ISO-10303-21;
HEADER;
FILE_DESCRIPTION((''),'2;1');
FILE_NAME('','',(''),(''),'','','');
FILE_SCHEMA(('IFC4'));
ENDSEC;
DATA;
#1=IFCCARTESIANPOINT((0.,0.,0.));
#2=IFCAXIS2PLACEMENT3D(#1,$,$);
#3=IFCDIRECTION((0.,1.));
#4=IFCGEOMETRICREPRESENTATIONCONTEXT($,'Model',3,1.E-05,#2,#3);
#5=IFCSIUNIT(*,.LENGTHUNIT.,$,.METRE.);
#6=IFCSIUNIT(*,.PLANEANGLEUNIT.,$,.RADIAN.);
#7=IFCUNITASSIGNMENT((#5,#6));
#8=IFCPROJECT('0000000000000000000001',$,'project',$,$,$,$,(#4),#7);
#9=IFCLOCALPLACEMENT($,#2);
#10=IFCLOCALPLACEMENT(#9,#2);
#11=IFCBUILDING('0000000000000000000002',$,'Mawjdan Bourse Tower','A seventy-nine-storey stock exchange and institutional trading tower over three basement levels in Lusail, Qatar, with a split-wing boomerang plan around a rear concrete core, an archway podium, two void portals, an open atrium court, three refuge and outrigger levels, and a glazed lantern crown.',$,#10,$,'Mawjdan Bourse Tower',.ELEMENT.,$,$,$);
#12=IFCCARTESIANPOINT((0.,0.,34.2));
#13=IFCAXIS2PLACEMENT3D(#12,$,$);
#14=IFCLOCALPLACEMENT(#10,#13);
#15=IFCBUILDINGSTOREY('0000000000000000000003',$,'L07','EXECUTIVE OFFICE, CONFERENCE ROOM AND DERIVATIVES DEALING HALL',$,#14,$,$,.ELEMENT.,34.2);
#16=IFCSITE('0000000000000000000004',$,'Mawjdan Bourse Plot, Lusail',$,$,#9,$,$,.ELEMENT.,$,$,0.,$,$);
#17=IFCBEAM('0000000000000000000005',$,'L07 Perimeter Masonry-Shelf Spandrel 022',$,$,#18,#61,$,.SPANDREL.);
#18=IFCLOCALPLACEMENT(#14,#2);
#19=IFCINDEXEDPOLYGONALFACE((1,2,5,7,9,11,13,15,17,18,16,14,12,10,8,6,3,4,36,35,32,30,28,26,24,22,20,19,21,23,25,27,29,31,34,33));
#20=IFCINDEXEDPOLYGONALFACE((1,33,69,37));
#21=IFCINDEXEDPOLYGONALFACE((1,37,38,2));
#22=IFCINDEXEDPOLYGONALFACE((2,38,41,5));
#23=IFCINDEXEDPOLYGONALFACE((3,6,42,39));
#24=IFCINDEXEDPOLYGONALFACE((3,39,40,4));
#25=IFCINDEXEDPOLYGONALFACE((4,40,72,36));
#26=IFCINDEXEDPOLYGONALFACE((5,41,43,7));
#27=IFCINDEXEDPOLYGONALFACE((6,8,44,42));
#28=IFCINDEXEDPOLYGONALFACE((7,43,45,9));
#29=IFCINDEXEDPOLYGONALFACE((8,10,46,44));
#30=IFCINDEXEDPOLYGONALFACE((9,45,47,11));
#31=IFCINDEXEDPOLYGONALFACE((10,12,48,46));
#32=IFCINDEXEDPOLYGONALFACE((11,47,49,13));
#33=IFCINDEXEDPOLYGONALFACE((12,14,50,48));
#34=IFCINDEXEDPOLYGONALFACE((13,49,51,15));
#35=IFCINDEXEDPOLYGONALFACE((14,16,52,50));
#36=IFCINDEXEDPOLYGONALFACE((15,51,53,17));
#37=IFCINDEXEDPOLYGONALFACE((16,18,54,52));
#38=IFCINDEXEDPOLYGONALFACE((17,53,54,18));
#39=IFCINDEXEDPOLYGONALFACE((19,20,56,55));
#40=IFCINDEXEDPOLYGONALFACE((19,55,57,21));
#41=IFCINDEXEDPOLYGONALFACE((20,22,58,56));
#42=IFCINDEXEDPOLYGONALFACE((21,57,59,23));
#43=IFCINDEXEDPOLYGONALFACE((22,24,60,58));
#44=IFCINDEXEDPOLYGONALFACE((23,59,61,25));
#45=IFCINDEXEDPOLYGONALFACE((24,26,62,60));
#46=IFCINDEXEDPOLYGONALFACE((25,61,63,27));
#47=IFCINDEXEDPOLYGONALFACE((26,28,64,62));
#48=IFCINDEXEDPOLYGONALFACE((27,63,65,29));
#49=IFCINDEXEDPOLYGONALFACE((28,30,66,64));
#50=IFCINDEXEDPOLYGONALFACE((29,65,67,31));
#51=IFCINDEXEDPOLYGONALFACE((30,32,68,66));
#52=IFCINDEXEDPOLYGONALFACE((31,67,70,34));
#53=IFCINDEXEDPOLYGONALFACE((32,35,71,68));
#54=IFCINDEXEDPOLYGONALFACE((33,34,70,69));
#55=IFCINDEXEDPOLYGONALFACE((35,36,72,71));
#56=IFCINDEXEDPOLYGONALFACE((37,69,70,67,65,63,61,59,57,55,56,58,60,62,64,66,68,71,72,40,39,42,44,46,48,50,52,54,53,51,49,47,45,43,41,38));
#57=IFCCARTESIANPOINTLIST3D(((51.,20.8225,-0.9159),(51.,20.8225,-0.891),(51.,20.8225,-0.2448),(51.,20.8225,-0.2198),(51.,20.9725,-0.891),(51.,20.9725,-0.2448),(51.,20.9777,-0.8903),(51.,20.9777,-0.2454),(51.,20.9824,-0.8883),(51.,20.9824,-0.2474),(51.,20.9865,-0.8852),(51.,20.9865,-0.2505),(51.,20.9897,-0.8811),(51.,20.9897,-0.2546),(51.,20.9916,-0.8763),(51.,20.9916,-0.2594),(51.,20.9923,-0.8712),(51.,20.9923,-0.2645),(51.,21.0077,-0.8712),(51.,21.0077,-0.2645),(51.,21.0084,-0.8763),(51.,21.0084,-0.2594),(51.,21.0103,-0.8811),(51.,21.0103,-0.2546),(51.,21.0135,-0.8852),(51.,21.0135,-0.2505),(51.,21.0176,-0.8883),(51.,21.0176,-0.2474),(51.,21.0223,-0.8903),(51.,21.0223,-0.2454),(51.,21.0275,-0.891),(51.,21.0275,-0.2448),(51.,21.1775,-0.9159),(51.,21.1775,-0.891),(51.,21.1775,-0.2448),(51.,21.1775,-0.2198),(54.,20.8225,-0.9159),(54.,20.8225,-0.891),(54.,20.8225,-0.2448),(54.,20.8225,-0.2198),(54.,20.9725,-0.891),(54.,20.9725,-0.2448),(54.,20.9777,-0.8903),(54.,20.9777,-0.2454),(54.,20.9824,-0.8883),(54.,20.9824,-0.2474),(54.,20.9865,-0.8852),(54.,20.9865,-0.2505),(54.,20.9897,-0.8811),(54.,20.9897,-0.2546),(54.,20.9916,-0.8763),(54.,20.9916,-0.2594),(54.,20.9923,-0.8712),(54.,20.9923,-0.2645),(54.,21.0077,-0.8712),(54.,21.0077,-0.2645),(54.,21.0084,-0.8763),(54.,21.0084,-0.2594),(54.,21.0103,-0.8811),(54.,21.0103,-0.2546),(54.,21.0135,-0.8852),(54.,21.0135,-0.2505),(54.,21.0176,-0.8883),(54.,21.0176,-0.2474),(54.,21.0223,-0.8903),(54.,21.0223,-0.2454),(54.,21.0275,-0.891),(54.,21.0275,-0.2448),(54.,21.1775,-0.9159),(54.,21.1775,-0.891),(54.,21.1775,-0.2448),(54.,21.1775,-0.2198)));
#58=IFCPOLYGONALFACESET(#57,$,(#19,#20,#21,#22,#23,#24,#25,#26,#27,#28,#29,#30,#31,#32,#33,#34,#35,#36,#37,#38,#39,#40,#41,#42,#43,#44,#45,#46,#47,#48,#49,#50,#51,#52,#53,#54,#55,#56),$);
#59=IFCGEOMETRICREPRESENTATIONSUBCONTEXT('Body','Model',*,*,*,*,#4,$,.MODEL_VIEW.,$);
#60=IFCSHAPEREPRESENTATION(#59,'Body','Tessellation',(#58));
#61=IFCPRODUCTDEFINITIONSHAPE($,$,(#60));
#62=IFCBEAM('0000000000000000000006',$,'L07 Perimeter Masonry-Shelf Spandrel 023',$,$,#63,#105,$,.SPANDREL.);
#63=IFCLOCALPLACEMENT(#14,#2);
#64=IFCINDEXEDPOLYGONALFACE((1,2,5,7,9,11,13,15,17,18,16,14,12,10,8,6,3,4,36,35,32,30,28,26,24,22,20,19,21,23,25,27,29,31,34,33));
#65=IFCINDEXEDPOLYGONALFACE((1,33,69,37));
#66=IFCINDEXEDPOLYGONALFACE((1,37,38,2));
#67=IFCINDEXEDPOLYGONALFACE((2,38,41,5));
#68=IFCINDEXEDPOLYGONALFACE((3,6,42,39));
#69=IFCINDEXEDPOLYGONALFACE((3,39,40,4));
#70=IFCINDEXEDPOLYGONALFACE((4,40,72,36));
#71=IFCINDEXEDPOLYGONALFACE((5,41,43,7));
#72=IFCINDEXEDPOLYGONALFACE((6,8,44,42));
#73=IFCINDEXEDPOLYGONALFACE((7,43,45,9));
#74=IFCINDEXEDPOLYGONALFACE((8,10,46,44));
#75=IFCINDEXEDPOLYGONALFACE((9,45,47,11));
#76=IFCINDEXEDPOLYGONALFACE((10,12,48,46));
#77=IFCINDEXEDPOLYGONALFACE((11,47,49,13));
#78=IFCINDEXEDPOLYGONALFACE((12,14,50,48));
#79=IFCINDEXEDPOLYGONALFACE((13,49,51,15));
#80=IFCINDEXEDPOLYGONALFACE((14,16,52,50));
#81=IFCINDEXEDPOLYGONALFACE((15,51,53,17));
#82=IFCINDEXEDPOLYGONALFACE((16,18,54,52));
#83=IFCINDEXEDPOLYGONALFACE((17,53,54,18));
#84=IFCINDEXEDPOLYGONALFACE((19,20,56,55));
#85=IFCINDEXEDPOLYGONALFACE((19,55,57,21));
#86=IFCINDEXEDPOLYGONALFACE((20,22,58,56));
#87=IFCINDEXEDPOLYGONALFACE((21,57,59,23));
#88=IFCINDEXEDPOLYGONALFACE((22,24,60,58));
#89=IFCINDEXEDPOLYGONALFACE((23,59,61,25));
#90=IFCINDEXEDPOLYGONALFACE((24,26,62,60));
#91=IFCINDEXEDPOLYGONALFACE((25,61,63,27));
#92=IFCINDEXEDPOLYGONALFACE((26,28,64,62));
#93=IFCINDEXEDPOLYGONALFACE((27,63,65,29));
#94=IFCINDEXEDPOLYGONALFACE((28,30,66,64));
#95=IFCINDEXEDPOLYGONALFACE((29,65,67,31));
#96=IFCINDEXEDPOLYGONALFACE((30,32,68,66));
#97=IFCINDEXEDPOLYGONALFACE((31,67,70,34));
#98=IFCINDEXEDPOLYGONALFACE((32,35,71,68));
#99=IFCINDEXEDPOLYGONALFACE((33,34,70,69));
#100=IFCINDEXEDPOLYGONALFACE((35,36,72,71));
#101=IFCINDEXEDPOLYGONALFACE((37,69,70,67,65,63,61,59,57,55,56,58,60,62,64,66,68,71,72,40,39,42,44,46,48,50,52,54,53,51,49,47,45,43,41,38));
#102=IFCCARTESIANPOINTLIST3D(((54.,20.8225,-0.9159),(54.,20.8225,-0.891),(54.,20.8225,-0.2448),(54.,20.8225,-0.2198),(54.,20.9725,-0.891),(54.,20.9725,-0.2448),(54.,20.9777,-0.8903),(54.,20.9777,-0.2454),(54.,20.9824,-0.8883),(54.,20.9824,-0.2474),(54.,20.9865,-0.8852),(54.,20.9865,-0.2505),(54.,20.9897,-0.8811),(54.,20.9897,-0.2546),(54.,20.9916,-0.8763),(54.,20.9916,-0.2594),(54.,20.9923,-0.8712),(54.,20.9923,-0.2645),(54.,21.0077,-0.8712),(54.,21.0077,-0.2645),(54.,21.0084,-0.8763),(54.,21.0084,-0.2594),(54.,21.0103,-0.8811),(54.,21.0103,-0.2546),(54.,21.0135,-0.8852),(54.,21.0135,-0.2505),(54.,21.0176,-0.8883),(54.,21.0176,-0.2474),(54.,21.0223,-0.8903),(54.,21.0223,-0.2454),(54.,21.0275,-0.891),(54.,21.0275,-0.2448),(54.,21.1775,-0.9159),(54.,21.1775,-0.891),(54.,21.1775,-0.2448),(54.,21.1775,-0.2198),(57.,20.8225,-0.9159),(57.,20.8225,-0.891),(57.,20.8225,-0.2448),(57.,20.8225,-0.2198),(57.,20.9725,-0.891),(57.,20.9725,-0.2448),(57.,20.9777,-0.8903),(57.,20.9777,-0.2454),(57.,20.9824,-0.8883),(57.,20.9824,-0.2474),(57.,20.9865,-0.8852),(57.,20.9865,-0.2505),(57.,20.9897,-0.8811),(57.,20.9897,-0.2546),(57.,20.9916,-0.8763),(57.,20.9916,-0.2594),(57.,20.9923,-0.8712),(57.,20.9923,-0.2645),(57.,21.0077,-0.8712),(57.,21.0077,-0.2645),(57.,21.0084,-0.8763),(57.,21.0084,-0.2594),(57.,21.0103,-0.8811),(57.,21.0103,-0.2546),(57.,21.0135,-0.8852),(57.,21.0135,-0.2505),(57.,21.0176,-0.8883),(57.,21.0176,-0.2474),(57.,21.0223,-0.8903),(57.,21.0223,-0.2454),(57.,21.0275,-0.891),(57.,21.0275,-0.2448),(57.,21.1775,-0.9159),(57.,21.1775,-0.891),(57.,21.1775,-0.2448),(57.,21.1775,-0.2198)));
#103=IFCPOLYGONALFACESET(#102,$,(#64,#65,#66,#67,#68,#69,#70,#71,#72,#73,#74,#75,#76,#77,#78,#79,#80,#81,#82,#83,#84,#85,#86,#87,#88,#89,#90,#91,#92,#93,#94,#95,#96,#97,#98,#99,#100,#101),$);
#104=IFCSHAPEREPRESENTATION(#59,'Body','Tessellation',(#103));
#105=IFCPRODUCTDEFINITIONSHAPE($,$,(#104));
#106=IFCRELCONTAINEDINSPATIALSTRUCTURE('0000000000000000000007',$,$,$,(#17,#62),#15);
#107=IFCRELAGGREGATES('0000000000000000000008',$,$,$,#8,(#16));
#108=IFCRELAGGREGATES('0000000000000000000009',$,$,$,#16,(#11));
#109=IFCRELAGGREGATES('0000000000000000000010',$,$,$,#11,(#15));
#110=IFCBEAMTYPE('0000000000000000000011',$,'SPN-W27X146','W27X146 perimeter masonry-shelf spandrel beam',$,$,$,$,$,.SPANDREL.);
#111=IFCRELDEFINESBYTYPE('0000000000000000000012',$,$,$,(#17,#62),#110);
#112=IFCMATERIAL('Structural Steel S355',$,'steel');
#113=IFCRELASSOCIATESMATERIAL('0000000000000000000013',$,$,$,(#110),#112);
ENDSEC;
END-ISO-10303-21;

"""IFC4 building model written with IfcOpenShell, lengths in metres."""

from ifc_helpers import new_model, si_unit, direction, frame, origin, origin_2d, place, context, subcontext, project, spatial, i_section, extrude, material, material_profile, profile_set, type_object, element, save


model = new_model("IFC4")

# Units and contexts
model_context = context("Model", 3, precision=1e-05, world=origin(), true_north=direction((0.0, 1.0)))
body_context = subcontext(model_context, "Body", "Model", "MODEL_VIEW")
ifc_project = project(units=[si_unit("LENGTHUNIT", "METRE"), si_unit("PLANEANGLEUNIT", "RADIAN")], contexts=[model_context])

# Site, building, storey
site_placement = place(None, origin())
site = spatial("IfcSite", under=ifc_project, at=site_placement, Name="Mawjdan Bourse Plot, Lusail", CompositionType="ELEMENT", RefElevation=0.0)
building_placement = place(site_placement, origin())
building = spatial("IfcBuilding", under=site, at=building_placement, Name="Mawjdan Bourse Tower", Description="A seventy-nine-storey stock exchange and institutional trading tower over three basement levels in Lusail, Qatar, with a split-wing boomerang plan around a rear concrete core, an archway podium, two void portals, an open atrium court, three refuge and outrigger levels, and a glazed lantern crown.", LongName="Mawjdan Bourse Tower", CompositionType="ELEMENT")
storey_placement = place(building_placement, frame((0.0, 0.0, 34.2)))
storey = spatial("IfcBuildingStorey", under=building, at=storey_placement, Name="L07", Description="EXECUTIVE OFFICE, CONFERENCE ROOM AND DERIVATIVES DEALING HALL", CompositionType="ELEMENT", Elevation=34.2)

# Beams
ifc_material_1 = material(Name="Structural Steel S355", Category="steel")
ifc_material_profile_1 = material_profile(ifc_material_1, i_section(OverallWidth=0.355, OverallDepth=0.696, WebThickness=0.0154, FlangeThickness=0.0249, FilletRadius=0.0198, at=origin_2d()), Name="W27X146")
ifc_profile_set_1 = profile_set([ifc_material_profile_1], Name="Structural Steel S355")
beam_type_1 = type_object("IfcBeamType", Name="SPN-W27X146", Description="W27X146 perimeter masonry-shelf spandrel beam", PredefinedType="SPANDREL", material=ifc_profile_set_1)
for number, where, z_axis, x_axis, name in (
    (1, (51.0, 21.0, -0.5679), (1.0, 0.0, 0.0), (0.0, 1.0, 0.0), "L07 Perimeter Masonry-Shelf Spandrel 022"),
    (2, (54.0, 21.0, -0.5679), (1.0, 0.0, 0.0), (0.0, 1.0, 0.0), "L07 Perimeter Masonry-Shelf Spandrel 023"),
):
    element("IfcBeam", number, at=place(storey_placement, frame(where, z_axis=z_axis, x_axis=x_axis)), inside=storey, type_object=beam_type_1, Name=name, PredefinedType="SPANDREL", context=body_context, shape_type="SweptSolid", body=[
        extrude(i_section(OverallWidth=0.355, OverallDepth=0.696, WebThickness=0.0154, FlangeThickness=0.0249, FilletRadius=0.0198, at=origin_2d()), origin(), (0.0, 0.0, 1.0), 3.0),
    ])

save(model, "model.ifc")
